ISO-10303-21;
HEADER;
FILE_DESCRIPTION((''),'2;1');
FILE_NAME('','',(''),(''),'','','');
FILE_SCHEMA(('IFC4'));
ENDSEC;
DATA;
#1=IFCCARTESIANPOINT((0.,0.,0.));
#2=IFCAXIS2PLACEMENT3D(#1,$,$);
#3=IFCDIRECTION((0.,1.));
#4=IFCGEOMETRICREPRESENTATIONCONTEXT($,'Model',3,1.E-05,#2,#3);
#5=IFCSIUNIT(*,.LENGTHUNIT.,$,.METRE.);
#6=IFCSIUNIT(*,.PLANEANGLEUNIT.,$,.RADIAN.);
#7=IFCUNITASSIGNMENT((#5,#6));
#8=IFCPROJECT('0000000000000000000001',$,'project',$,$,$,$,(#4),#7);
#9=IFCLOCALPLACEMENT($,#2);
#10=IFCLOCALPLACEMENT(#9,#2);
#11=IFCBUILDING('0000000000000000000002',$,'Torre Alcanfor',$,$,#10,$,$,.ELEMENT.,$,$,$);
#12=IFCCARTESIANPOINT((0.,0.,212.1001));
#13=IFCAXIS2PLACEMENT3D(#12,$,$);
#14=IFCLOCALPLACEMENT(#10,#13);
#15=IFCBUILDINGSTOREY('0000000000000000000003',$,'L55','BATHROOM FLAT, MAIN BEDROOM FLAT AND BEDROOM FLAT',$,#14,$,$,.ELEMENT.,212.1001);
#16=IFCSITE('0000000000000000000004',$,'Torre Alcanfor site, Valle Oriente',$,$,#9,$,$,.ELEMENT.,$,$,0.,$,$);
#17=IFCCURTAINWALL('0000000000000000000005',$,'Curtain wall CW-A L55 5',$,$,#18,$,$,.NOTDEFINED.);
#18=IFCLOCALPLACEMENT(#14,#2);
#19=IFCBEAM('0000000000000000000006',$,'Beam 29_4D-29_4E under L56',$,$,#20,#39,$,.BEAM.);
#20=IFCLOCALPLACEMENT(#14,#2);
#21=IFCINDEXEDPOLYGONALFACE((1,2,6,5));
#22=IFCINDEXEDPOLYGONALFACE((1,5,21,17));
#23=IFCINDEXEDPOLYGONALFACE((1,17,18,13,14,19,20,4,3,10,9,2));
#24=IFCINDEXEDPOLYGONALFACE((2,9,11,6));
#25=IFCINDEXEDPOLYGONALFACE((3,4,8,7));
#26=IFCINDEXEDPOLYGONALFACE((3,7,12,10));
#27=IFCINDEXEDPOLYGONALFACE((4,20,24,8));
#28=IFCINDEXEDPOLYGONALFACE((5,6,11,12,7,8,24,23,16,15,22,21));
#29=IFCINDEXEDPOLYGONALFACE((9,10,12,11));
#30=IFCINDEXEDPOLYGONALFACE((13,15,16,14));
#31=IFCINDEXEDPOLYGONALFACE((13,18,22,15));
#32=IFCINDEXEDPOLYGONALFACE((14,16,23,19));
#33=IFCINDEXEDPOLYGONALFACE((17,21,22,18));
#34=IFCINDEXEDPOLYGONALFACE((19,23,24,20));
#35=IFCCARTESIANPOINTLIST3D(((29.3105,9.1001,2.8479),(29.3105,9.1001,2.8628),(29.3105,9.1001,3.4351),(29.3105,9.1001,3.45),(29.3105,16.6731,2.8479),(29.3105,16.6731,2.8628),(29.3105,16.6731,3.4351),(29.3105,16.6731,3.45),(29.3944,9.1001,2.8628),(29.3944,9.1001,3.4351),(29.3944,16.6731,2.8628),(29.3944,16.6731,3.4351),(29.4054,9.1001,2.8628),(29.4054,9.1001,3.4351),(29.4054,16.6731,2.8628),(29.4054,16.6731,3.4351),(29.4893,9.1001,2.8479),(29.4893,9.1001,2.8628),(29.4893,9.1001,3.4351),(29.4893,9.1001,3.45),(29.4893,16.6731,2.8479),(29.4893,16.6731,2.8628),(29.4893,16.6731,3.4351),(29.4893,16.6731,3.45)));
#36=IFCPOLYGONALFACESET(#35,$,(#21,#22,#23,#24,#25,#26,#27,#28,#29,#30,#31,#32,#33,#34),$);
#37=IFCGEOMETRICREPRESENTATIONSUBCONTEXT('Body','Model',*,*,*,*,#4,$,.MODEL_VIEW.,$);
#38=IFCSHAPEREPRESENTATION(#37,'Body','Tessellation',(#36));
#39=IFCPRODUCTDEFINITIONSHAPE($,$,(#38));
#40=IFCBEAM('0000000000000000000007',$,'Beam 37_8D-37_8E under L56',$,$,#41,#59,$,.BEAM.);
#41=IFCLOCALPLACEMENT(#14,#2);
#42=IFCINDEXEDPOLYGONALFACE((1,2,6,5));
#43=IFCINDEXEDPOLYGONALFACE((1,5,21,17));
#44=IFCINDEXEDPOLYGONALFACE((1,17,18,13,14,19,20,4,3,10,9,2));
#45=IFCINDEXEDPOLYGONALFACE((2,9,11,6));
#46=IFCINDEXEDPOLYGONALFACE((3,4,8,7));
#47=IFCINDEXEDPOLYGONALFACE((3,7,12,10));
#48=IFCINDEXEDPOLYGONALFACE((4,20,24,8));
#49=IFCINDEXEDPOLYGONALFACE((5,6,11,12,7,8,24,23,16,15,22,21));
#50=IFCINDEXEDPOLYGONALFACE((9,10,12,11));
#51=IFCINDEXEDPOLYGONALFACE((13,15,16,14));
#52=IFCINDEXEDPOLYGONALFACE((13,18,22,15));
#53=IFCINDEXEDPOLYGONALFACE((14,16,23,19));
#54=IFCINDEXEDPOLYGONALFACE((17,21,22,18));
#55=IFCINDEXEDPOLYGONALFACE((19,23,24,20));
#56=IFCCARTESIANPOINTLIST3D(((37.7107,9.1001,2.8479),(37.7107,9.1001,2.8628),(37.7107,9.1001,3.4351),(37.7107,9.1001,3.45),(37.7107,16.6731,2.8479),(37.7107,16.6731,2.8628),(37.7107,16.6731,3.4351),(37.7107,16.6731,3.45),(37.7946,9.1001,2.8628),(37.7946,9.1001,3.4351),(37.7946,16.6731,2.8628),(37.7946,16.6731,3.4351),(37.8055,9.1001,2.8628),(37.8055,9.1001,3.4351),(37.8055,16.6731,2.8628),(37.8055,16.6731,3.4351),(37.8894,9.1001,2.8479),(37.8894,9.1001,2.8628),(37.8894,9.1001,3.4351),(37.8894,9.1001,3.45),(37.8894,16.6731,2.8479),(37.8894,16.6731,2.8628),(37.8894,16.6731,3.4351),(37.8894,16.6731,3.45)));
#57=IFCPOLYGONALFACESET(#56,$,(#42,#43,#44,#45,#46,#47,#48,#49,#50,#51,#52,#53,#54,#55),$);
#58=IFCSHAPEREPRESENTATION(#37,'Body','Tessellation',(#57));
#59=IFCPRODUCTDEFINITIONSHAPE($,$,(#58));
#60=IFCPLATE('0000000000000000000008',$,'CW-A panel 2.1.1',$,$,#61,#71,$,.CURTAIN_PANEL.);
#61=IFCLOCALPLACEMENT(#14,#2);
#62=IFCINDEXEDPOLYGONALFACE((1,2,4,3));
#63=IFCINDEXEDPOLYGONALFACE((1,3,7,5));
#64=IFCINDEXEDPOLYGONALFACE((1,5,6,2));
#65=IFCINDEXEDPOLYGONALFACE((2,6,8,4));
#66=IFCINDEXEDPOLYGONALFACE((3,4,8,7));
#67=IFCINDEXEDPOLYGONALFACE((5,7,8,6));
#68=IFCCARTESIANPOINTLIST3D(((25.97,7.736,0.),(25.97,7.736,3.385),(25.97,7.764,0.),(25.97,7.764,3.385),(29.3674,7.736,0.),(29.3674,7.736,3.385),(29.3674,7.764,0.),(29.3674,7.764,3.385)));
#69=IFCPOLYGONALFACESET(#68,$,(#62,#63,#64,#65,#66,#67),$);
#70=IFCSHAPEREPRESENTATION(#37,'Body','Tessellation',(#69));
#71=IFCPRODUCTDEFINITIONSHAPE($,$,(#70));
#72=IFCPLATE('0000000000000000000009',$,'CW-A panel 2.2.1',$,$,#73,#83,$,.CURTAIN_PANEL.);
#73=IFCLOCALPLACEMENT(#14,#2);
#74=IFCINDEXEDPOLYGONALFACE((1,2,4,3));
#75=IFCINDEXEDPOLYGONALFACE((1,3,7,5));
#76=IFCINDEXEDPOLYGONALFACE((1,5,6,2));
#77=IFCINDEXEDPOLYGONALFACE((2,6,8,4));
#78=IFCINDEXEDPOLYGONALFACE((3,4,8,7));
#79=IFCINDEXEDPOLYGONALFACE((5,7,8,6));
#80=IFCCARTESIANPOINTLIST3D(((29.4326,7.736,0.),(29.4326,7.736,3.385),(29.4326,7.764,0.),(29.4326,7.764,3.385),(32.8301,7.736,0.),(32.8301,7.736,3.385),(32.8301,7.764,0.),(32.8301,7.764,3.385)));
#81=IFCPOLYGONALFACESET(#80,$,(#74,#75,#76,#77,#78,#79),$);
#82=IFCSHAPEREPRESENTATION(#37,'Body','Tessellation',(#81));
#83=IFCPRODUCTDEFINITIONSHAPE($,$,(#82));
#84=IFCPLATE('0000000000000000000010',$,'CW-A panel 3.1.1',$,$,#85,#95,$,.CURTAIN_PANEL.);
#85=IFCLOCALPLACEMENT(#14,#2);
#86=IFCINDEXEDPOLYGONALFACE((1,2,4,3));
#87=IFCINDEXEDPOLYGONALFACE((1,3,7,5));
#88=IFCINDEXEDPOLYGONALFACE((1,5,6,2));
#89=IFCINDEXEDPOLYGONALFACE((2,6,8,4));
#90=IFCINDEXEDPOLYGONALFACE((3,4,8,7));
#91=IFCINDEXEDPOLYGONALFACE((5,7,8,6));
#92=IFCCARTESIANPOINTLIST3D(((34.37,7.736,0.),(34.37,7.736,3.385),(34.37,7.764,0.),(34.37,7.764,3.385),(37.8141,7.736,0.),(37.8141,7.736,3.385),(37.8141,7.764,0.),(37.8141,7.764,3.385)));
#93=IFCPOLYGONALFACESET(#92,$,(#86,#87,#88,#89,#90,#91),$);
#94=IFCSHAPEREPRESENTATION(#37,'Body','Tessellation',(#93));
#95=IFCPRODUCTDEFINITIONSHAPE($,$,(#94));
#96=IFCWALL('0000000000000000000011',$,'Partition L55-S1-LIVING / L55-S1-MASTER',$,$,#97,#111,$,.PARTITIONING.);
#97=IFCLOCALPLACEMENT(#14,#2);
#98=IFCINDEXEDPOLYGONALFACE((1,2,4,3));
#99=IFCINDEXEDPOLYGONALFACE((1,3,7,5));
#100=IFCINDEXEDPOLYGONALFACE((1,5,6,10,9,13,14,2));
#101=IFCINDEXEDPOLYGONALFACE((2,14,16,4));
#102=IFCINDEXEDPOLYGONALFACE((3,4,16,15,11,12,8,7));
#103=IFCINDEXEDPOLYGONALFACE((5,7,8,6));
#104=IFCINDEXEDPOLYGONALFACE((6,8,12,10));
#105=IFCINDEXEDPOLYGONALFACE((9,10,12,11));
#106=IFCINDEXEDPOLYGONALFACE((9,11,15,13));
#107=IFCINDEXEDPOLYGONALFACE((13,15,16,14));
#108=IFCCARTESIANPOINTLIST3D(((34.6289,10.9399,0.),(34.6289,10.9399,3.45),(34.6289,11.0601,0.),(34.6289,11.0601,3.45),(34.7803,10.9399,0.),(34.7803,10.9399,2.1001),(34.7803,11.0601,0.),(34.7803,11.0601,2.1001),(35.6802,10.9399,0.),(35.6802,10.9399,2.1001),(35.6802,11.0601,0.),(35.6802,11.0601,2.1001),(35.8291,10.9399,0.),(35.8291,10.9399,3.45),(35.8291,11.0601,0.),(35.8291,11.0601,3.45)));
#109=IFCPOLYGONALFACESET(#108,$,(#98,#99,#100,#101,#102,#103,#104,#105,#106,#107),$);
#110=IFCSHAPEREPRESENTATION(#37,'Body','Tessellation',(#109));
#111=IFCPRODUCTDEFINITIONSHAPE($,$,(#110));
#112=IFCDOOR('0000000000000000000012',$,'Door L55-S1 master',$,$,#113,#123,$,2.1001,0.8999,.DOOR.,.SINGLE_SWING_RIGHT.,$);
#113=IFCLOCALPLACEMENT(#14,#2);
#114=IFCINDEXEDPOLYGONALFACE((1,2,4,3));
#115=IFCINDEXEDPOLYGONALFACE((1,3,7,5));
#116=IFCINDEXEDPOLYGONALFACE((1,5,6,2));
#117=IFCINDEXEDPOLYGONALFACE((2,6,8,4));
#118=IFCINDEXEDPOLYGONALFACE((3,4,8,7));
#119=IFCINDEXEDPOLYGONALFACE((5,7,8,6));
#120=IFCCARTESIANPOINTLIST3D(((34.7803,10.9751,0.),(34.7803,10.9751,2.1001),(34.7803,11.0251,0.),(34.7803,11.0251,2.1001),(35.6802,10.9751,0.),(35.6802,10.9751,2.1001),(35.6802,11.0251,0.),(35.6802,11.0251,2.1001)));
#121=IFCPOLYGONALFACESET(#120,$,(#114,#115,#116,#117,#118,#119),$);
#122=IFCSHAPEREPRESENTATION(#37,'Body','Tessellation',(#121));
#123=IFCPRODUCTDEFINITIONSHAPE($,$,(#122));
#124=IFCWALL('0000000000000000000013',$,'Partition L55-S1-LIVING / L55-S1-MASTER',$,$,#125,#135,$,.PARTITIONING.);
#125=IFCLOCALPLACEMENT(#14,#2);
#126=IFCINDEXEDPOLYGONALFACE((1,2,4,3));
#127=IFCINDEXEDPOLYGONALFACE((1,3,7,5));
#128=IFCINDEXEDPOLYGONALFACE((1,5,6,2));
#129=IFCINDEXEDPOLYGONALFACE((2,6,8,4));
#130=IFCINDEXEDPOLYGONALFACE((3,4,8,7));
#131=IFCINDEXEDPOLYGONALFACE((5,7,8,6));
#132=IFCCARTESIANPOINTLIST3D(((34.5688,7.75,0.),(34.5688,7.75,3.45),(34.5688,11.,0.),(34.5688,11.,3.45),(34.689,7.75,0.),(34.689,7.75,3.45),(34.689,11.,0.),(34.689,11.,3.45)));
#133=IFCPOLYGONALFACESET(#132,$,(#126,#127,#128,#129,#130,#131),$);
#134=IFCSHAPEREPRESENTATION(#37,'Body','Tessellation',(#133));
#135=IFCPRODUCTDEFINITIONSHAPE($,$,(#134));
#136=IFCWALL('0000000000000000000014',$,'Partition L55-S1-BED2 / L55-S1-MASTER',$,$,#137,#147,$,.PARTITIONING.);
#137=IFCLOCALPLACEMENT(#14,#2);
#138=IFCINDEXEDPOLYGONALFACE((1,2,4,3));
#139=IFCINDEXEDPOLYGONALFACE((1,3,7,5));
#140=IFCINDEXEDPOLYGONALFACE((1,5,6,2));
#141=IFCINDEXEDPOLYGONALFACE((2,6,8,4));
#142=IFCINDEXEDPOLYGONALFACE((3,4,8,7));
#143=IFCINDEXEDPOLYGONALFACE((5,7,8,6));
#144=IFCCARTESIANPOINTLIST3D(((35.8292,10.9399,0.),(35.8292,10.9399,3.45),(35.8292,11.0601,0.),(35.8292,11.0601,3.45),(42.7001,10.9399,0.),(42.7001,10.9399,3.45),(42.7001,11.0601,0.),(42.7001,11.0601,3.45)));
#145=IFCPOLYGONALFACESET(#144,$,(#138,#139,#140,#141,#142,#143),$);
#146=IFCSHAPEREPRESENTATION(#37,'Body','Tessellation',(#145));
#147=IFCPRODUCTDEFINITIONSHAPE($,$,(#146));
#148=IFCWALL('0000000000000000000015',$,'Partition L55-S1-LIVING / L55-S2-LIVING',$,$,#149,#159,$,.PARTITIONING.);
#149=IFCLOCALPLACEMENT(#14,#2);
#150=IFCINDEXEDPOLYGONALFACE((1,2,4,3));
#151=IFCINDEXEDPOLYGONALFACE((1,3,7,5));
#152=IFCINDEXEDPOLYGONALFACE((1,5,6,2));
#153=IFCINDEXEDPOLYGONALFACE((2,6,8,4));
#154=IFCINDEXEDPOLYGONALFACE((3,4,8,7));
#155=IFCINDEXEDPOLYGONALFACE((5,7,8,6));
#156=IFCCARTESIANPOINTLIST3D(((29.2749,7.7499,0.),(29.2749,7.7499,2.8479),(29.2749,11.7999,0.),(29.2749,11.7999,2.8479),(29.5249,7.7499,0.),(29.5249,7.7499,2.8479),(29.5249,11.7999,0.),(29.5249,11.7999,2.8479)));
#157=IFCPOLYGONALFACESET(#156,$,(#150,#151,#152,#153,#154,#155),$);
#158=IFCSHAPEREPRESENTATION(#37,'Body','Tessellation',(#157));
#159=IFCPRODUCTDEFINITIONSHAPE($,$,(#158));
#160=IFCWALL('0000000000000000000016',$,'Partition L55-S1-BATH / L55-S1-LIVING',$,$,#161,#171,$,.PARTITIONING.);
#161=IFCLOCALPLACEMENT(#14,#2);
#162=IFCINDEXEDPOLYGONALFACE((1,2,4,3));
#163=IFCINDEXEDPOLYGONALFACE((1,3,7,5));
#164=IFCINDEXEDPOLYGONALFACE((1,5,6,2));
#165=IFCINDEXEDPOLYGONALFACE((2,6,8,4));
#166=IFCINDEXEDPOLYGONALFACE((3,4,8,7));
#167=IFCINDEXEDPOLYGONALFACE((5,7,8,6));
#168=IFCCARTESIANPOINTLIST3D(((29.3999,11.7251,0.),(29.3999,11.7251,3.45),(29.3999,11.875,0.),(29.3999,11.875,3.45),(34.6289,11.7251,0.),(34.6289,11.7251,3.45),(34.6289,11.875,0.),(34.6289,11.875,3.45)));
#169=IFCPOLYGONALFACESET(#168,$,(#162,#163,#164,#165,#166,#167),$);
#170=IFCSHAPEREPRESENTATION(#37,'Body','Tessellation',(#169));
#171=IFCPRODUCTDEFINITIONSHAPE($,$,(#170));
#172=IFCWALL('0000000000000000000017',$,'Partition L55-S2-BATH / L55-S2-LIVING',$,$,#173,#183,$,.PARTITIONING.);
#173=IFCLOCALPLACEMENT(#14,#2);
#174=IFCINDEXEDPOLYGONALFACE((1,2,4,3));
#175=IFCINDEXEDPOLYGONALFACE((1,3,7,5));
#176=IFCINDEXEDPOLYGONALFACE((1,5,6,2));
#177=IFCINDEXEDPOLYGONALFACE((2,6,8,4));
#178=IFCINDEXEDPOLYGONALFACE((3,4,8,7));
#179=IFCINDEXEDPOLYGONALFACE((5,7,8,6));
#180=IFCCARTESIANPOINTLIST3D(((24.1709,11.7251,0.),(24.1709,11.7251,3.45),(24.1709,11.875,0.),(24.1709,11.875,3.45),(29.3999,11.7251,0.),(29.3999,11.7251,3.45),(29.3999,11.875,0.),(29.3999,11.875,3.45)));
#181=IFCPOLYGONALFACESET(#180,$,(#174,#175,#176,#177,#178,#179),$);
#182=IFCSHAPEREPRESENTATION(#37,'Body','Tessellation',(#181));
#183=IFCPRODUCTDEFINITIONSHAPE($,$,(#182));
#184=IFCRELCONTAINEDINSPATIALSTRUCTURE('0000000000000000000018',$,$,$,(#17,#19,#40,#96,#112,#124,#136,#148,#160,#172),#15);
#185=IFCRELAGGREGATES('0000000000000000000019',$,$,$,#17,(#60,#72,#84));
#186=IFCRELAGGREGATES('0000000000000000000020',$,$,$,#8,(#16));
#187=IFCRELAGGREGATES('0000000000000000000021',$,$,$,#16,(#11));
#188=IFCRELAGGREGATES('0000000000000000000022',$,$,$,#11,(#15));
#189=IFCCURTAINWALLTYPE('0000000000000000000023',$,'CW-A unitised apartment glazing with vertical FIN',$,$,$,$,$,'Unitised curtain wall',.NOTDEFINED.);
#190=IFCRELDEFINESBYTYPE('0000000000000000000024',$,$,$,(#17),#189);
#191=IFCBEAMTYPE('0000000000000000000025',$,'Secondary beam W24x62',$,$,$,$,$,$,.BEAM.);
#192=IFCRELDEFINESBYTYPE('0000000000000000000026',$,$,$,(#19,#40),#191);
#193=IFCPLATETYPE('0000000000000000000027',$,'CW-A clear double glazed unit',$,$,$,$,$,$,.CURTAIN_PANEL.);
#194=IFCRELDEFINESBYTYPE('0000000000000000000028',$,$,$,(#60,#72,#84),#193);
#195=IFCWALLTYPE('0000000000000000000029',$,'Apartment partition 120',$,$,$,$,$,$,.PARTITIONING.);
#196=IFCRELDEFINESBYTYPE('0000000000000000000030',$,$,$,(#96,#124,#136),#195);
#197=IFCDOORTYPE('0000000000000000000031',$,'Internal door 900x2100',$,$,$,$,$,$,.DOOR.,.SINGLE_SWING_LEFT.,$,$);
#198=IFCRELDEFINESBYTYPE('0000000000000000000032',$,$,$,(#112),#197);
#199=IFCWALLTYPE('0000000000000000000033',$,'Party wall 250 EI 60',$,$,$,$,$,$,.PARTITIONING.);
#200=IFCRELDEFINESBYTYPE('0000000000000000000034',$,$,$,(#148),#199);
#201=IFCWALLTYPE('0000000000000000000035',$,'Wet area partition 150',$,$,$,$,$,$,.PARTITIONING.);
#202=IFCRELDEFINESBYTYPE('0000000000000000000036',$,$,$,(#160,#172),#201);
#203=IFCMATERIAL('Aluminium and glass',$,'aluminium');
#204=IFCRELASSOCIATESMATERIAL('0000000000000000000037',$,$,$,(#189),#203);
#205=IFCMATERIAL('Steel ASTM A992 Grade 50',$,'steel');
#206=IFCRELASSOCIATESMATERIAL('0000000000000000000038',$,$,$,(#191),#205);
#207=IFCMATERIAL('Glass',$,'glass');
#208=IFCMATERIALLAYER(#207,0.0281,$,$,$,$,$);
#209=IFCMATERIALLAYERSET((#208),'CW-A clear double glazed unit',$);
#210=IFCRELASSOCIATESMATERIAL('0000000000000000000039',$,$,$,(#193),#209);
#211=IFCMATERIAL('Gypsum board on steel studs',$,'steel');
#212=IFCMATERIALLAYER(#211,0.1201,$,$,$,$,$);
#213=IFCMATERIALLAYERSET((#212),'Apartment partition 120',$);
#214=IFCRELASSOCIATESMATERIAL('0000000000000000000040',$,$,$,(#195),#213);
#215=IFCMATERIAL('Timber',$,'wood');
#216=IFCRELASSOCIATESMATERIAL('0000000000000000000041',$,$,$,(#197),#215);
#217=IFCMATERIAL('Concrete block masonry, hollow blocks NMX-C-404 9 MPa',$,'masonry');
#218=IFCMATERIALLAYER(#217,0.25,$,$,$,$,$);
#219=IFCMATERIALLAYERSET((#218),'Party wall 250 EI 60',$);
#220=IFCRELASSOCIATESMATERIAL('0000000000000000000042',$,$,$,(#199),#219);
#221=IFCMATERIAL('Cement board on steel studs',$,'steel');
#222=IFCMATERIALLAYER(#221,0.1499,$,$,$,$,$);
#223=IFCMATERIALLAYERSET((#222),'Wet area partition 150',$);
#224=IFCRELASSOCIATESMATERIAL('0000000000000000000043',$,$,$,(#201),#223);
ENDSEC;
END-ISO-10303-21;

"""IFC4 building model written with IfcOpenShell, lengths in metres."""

from ifc_helpers import new_model, si_unit, direction, frame, frame_2d, origin, origin_2d, place, context, subcontext, project, spatial, rectangle, i_section, extrude, material, layer, layer_set, material_profile, profile_set, type_object, element, fill, aggregate, save


model = new_model("IFC4")

# Units and contexts
model_context = context("Model", 3, precision=1e-05, world=origin(), true_north=direction((0.0, 1.0)))
body_context = subcontext(model_context, "Body", "Model", "MODEL_VIEW")
ifc_project = project(units=[si_unit("LENGTHUNIT", "METRE"), si_unit("PLANEANGLEUNIT", "RADIAN")], contexts=[model_context])

# Site, building, storey
site_placement = place(None, origin())
site = spatial("IfcSite", under=ifc_project, at=site_placement, Name="Torre Alcanfor site, Valle Oriente", CompositionType="ELEMENT", RefElevation=0.0)
building_placement = place(site_placement, origin())
building = spatial("IfcBuilding", under=site, at=building_placement, Name="Torre Alcanfor", CompositionType="ELEMENT")
storey_placement = place(building_placement, frame((0.0, 0.0, 212.1001)))
storey = spatial("IfcBuildingStorey", under=building, at=storey_placement, Name="L55", Description="BATHROOM FLAT, MAIN BEDROOM FLAT AND BEDROOM FLAT", CompositionType="ELEMENT", Elevation=212.1001)

# Curtain wall
ifc_material_1 = material(Name="Aluminium and glass", Category="aluminium")
curtain_wall_type = type_object("IfcCurtainWallType", Name="CW-A unitised apartment glazing with vertical FIN", ElementType="Unitised curtain wall", PredefinedType="NOTDEFINED", material=ifc_material_1)
curtain_wall_placement = place(storey_placement, origin())
curtain_wall = element("IfcCurtainWall", 1, at=curtain_wall_placement, inside=storey, type_object=curtain_wall_type, Name="Curtain wall CW-A L55 5", PredefinedType="NOTDEFINED")

# Beams
ifc_material_2 = material(Name="Steel ASTM A992 Grade 50", Category="steel")
ifc_material_profile_1 = material_profile(ifc_material_2, i_section(OverallWidth=0.1787, OverallDepth=0.6021, WebThickness=0.011, FlangeThickness=0.0149, at=origin_2d()), Name="W24x62")
ifc_profile_set_1 = profile_set([ifc_material_profile_1], Name="Steel ASTM A992 Grade 50")
beam_type_1 = type_object("IfcBeamType", Name="Secondary beam W24x62", PredefinedType="BEAM", material=ifc_profile_set_1)
for number, where, z_axis, x_axis, name in (
    (2, (29.3999, 9.1001, 3.1489), (0.0, 1.0, 0.0), (-1.0, 0.0, 0.0), "Beam 29_4D-29_4E under L56"),
    (3, (37.8, 9.1001, 3.1489), (0.0, 1.0, 0.0), (-1.0, 0.0, 0.0), "Beam 37_8D-37_8E under L56"),
):
    element("IfcBeam", number, at=place(storey_placement, frame(where, z_axis=z_axis, x_axis=x_axis)), inside=storey, type_object=beam_type_1, Name=name, PredefinedType="BEAM", context=body_context, shape_type="SweptSolid", body=[
        extrude(i_section(OverallWidth=0.1787, OverallDepth=0.6021, WebThickness=0.011, FlangeThickness=0.0149, at=origin_2d()), origin(), (0.0, 0.0, 1.0), 7.573),
    ])

# Plates
ifc_material_3 = material(Name="Glass", Category="glass")
ifc_layer_1 = layer(ifc_material_3, 0.0281)
ifc_layer_set_1 = layer_set([ifc_layer_1], Name="CW-A clear double glazed unit")
plate_type = type_object("IfcPlateType", Name="CW-A clear double glazed unit", PredefinedType="CURTAIN_PANEL", material=ifc_layer_set_1)
plate_1_placement = place(storey_placement, frame((27.6687, 7.75, 0.0), z_axis=(0.0, 0.0, 1.0), x_axis=(1.0, 0.0, 0.0)))
plate_1 = element("IfcPlate", 4, at=plate_1_placement, type_object=plate_type, Name="CW-A panel 2.1.1", PredefinedType="CURTAIN_PANEL", context=body_context, shape_type="SweptSolid", body=[
    extrude(rectangle(XDim=3.3975, YDim=0.0281, at=origin_2d()), origin(), (0.0, 0.0, 1.0), 3.385),
])
plate_2_placement = place(storey_placement, frame((31.1313, 7.75, 0.0), z_axis=(0.0, 0.0, 1.0), x_axis=(1.0, 0.0, 0.0)))
plate_2 = element("IfcPlate", 5, at=plate_2_placement, type_object=plate_type, Name="CW-A panel 2.2.1", PredefinedType="CURTAIN_PANEL", context=body_context, shape_type="SweptSolid", body=[
    extrude(rectangle(XDim=3.3975, YDim=0.0281, at=origin_2d()), origin(), (0.0, 0.0, 1.0), 3.385),
])
plate_3_placement = place(storey_placement, frame((36.092, 7.75, 0.0), z_axis=(0.0, 0.0, 1.0), x_axis=(1.0, 0.0, 0.0)))
plate_3 = element("IfcPlate", 6, at=plate_3_placement, type_object=plate_type, Name="CW-A panel 3.1.1", PredefinedType="CURTAIN_PANEL", context=body_context, shape_type="SweptSolid", body=[
    extrude(rectangle(XDim=3.4441, YDim=0.0281, at=origin_2d()), origin(), (0.0, 0.0, 1.0), 3.385),
])
aggregate(curtain_wall, [plate_1, plate_2, plate_3])

# Wall, opening, door
ifc_material_4 = material(Name="Gypsum board on steel studs", Category="steel")
ifc_layer_2 = layer(ifc_material_4, 0.1201)
ifc_layer_set_2 = layer_set([ifc_layer_2], Name="Apartment partition 120")
wall_type_1 = type_object("IfcWallType", Name="Apartment partition 120", PredefinedType="PARTITIONING", material=ifc_layer_set_2)
wall_1_placement = place(storey_placement, frame((35.8291, 11.0, 0.0), z_axis=(0.0, 0.0, 1.0), x_axis=(-1.0, 0.0, 0.0)))
wall_1 = element("IfcWall", 7, at=wall_1_placement, inside=storey, type_object=wall_type_1, Name="Partition L55-S1-LIVING / L55-S1-MASTER", PredefinedType="PARTITIONING", context=body_context, shape_type="SweptSolid", body=[
    extrude(rectangle(XDim=1.2002, YDim=0.1201, at=frame_2d((0.6001, 0.0))), origin(), (0.0, 0.0, 1.0), 3.45),
])
opening_placement = place(wall_1_placement, frame((0.1489, 0.0, 0.0)))
opening = element("IfcOpeningElement", 8, at=opening_placement, cuts=wall_1, PredefinedType="OPENING", context=body_context, shape_type="SweptSolid", body=[
    extrude(rectangle(XDim=0.8999, YDim=2.1001, at=frame_2d((0.45, 1.05))), frame((0.0, 0.0701, 0.0), z_axis=(0.0, -1.0, 0.0), x_axis=(1.0, 0.0, 0.0)), (0.0, 0.0, 1.0), 0.1401),
])
ifc_material_5 = material(Name="Timber", Category="wood")
door_type = type_object("IfcDoorType", Name="Internal door 900x2100", OperationType="SINGLE_SWING_LEFT", PredefinedType="DOOR", material=ifc_material_5)
door_placement = place(opening_placement, origin())
door = element("IfcDoor", 9, at=door_placement, inside=storey, type_object=door_type, Name="Door L55-S1 master", OperationType="SINGLE_SWING_RIGHT", OverallHeight=2.1001, OverallWidth=0.8999, PredefinedType="DOOR", context=body_context, shape_type="SweptSolid", body=[
    extrude(rectangle(XDim=0.8999, YDim=2.1001, at=frame_2d((0.45, 1.05))), frame((0.0, 0.0249, 0.0), z_axis=(0.0, -1.0, 0.0), x_axis=(1.0, 0.0, 0.0)), (0.0, 0.0, 1.0), 0.05),
])
fill(opening, door)

# Walls
wall_2_placement = place(storey_placement, frame((34.6289, 11.0, 0.0), z_axis=(0.0, 0.0, 1.0), x_axis=(0.0, -1.0, 0.0)))
element("IfcWall", 10, at=wall_2_placement, inside=storey, type_object=wall_type_1, Name="Partition L55-S1-LIVING / L55-S1-MASTER", PredefinedType="PARTITIONING", context=body_context, shape_type="SweptSolid", body=[
    extrude(rectangle(XDim=3.25, YDim=0.1201, at=frame_2d((1.625, 0.0))), origin(), (0.0, 0.0, 1.0), 3.45),
])
wall_3_placement = place(storey_placement, frame((35.8291, 11.0, 0.0), z_axis=(0.0, 0.0, 1.0), x_axis=(1.0, 0.0, 0.0)))
element("IfcWall", 11, at=wall_3_placement, inside=storey, type_object=wall_type_1, Name="Partition L55-S1-BED2 / L55-S1-MASTER", PredefinedType="PARTITIONING", context=body_context, shape_type="SweptSolid", body=[
    extrude(rectangle(XDim=6.8708, YDim=0.1201, at=frame_2d((3.4355, 0.0))), origin(), (0.0, 0.0, 1.0), 3.45),
])
ifc_material_6 = material(Name="Concrete block masonry, hollow blocks NMX-C-404 9 MPa", Category="masonry")
ifc_layer_3 = layer(ifc_material_6, 0.25)
ifc_layer_set_3 = layer_set([ifc_layer_3], Name="Party wall 250 EI 60")
wall_type_2 = type_object("IfcWallType", Name="Party wall 250 EI 60", PredefinedType="PARTITIONING", material=ifc_layer_set_3)
wall_4_placement = place(storey_placement, frame((29.3999, 7.75, 0.0), z_axis=(0.0, 0.0, 1.0), x_axis=(0.0, 1.0, 0.0)))
element("IfcWall", 12, at=wall_4_placement, inside=storey, type_object=wall_type_2, Name="Partition L55-S1-LIVING / L55-S2-LIVING", PredefinedType="PARTITIONING", context=body_context, shape_type="SweptSolid", body=[
    extrude(rectangle(XDim=4.05, YDim=0.25, at=frame_2d((2.0249, 0.0))), origin(), (0.0, 0.0, 1.0), 2.8479),
])
ifc_material_7 = material(Name="Cement board on steel studs", Category="steel")
ifc_layer_4 = layer(ifc_material_7, 0.1499)
ifc_layer_set_4 = layer_set([ifc_layer_4], Name="Wet area partition 150")
wall_type_3 = type_object("IfcWallType", Name="Wet area partition 150", PredefinedType="PARTITIONING", material=ifc_layer_set_4)
for number, where, z_axis, x_axis, name in (
    (13, (29.3999, 11.8, 0.0), (0.0, 0.0, 1.0), (1.0, 0.0, 0.0), "Partition L55-S1-BATH / L55-S1-LIVING"),
    (14, (29.3999, 11.8, 0.0), (0.0, 0.0, 1.0), (-1.0, 0.0, 0.0), "Partition L55-S2-BATH / L55-S2-LIVING"),
):
    element("IfcWall", number, at=place(storey_placement, frame(where, z_axis=z_axis, x_axis=x_axis)), inside=storey, type_object=wall_type_3, Name=name, PredefinedType="PARTITIONING", context=body_context, shape_type="SweptSolid", body=[
        extrude(rectangle(XDim=5.229, YDim=0.1499, at=frame_2d((2.6145, 0.0))), origin(), (0.0, 0.0, 1.0), 3.45),
    ])

save(model, "model.ifc")
